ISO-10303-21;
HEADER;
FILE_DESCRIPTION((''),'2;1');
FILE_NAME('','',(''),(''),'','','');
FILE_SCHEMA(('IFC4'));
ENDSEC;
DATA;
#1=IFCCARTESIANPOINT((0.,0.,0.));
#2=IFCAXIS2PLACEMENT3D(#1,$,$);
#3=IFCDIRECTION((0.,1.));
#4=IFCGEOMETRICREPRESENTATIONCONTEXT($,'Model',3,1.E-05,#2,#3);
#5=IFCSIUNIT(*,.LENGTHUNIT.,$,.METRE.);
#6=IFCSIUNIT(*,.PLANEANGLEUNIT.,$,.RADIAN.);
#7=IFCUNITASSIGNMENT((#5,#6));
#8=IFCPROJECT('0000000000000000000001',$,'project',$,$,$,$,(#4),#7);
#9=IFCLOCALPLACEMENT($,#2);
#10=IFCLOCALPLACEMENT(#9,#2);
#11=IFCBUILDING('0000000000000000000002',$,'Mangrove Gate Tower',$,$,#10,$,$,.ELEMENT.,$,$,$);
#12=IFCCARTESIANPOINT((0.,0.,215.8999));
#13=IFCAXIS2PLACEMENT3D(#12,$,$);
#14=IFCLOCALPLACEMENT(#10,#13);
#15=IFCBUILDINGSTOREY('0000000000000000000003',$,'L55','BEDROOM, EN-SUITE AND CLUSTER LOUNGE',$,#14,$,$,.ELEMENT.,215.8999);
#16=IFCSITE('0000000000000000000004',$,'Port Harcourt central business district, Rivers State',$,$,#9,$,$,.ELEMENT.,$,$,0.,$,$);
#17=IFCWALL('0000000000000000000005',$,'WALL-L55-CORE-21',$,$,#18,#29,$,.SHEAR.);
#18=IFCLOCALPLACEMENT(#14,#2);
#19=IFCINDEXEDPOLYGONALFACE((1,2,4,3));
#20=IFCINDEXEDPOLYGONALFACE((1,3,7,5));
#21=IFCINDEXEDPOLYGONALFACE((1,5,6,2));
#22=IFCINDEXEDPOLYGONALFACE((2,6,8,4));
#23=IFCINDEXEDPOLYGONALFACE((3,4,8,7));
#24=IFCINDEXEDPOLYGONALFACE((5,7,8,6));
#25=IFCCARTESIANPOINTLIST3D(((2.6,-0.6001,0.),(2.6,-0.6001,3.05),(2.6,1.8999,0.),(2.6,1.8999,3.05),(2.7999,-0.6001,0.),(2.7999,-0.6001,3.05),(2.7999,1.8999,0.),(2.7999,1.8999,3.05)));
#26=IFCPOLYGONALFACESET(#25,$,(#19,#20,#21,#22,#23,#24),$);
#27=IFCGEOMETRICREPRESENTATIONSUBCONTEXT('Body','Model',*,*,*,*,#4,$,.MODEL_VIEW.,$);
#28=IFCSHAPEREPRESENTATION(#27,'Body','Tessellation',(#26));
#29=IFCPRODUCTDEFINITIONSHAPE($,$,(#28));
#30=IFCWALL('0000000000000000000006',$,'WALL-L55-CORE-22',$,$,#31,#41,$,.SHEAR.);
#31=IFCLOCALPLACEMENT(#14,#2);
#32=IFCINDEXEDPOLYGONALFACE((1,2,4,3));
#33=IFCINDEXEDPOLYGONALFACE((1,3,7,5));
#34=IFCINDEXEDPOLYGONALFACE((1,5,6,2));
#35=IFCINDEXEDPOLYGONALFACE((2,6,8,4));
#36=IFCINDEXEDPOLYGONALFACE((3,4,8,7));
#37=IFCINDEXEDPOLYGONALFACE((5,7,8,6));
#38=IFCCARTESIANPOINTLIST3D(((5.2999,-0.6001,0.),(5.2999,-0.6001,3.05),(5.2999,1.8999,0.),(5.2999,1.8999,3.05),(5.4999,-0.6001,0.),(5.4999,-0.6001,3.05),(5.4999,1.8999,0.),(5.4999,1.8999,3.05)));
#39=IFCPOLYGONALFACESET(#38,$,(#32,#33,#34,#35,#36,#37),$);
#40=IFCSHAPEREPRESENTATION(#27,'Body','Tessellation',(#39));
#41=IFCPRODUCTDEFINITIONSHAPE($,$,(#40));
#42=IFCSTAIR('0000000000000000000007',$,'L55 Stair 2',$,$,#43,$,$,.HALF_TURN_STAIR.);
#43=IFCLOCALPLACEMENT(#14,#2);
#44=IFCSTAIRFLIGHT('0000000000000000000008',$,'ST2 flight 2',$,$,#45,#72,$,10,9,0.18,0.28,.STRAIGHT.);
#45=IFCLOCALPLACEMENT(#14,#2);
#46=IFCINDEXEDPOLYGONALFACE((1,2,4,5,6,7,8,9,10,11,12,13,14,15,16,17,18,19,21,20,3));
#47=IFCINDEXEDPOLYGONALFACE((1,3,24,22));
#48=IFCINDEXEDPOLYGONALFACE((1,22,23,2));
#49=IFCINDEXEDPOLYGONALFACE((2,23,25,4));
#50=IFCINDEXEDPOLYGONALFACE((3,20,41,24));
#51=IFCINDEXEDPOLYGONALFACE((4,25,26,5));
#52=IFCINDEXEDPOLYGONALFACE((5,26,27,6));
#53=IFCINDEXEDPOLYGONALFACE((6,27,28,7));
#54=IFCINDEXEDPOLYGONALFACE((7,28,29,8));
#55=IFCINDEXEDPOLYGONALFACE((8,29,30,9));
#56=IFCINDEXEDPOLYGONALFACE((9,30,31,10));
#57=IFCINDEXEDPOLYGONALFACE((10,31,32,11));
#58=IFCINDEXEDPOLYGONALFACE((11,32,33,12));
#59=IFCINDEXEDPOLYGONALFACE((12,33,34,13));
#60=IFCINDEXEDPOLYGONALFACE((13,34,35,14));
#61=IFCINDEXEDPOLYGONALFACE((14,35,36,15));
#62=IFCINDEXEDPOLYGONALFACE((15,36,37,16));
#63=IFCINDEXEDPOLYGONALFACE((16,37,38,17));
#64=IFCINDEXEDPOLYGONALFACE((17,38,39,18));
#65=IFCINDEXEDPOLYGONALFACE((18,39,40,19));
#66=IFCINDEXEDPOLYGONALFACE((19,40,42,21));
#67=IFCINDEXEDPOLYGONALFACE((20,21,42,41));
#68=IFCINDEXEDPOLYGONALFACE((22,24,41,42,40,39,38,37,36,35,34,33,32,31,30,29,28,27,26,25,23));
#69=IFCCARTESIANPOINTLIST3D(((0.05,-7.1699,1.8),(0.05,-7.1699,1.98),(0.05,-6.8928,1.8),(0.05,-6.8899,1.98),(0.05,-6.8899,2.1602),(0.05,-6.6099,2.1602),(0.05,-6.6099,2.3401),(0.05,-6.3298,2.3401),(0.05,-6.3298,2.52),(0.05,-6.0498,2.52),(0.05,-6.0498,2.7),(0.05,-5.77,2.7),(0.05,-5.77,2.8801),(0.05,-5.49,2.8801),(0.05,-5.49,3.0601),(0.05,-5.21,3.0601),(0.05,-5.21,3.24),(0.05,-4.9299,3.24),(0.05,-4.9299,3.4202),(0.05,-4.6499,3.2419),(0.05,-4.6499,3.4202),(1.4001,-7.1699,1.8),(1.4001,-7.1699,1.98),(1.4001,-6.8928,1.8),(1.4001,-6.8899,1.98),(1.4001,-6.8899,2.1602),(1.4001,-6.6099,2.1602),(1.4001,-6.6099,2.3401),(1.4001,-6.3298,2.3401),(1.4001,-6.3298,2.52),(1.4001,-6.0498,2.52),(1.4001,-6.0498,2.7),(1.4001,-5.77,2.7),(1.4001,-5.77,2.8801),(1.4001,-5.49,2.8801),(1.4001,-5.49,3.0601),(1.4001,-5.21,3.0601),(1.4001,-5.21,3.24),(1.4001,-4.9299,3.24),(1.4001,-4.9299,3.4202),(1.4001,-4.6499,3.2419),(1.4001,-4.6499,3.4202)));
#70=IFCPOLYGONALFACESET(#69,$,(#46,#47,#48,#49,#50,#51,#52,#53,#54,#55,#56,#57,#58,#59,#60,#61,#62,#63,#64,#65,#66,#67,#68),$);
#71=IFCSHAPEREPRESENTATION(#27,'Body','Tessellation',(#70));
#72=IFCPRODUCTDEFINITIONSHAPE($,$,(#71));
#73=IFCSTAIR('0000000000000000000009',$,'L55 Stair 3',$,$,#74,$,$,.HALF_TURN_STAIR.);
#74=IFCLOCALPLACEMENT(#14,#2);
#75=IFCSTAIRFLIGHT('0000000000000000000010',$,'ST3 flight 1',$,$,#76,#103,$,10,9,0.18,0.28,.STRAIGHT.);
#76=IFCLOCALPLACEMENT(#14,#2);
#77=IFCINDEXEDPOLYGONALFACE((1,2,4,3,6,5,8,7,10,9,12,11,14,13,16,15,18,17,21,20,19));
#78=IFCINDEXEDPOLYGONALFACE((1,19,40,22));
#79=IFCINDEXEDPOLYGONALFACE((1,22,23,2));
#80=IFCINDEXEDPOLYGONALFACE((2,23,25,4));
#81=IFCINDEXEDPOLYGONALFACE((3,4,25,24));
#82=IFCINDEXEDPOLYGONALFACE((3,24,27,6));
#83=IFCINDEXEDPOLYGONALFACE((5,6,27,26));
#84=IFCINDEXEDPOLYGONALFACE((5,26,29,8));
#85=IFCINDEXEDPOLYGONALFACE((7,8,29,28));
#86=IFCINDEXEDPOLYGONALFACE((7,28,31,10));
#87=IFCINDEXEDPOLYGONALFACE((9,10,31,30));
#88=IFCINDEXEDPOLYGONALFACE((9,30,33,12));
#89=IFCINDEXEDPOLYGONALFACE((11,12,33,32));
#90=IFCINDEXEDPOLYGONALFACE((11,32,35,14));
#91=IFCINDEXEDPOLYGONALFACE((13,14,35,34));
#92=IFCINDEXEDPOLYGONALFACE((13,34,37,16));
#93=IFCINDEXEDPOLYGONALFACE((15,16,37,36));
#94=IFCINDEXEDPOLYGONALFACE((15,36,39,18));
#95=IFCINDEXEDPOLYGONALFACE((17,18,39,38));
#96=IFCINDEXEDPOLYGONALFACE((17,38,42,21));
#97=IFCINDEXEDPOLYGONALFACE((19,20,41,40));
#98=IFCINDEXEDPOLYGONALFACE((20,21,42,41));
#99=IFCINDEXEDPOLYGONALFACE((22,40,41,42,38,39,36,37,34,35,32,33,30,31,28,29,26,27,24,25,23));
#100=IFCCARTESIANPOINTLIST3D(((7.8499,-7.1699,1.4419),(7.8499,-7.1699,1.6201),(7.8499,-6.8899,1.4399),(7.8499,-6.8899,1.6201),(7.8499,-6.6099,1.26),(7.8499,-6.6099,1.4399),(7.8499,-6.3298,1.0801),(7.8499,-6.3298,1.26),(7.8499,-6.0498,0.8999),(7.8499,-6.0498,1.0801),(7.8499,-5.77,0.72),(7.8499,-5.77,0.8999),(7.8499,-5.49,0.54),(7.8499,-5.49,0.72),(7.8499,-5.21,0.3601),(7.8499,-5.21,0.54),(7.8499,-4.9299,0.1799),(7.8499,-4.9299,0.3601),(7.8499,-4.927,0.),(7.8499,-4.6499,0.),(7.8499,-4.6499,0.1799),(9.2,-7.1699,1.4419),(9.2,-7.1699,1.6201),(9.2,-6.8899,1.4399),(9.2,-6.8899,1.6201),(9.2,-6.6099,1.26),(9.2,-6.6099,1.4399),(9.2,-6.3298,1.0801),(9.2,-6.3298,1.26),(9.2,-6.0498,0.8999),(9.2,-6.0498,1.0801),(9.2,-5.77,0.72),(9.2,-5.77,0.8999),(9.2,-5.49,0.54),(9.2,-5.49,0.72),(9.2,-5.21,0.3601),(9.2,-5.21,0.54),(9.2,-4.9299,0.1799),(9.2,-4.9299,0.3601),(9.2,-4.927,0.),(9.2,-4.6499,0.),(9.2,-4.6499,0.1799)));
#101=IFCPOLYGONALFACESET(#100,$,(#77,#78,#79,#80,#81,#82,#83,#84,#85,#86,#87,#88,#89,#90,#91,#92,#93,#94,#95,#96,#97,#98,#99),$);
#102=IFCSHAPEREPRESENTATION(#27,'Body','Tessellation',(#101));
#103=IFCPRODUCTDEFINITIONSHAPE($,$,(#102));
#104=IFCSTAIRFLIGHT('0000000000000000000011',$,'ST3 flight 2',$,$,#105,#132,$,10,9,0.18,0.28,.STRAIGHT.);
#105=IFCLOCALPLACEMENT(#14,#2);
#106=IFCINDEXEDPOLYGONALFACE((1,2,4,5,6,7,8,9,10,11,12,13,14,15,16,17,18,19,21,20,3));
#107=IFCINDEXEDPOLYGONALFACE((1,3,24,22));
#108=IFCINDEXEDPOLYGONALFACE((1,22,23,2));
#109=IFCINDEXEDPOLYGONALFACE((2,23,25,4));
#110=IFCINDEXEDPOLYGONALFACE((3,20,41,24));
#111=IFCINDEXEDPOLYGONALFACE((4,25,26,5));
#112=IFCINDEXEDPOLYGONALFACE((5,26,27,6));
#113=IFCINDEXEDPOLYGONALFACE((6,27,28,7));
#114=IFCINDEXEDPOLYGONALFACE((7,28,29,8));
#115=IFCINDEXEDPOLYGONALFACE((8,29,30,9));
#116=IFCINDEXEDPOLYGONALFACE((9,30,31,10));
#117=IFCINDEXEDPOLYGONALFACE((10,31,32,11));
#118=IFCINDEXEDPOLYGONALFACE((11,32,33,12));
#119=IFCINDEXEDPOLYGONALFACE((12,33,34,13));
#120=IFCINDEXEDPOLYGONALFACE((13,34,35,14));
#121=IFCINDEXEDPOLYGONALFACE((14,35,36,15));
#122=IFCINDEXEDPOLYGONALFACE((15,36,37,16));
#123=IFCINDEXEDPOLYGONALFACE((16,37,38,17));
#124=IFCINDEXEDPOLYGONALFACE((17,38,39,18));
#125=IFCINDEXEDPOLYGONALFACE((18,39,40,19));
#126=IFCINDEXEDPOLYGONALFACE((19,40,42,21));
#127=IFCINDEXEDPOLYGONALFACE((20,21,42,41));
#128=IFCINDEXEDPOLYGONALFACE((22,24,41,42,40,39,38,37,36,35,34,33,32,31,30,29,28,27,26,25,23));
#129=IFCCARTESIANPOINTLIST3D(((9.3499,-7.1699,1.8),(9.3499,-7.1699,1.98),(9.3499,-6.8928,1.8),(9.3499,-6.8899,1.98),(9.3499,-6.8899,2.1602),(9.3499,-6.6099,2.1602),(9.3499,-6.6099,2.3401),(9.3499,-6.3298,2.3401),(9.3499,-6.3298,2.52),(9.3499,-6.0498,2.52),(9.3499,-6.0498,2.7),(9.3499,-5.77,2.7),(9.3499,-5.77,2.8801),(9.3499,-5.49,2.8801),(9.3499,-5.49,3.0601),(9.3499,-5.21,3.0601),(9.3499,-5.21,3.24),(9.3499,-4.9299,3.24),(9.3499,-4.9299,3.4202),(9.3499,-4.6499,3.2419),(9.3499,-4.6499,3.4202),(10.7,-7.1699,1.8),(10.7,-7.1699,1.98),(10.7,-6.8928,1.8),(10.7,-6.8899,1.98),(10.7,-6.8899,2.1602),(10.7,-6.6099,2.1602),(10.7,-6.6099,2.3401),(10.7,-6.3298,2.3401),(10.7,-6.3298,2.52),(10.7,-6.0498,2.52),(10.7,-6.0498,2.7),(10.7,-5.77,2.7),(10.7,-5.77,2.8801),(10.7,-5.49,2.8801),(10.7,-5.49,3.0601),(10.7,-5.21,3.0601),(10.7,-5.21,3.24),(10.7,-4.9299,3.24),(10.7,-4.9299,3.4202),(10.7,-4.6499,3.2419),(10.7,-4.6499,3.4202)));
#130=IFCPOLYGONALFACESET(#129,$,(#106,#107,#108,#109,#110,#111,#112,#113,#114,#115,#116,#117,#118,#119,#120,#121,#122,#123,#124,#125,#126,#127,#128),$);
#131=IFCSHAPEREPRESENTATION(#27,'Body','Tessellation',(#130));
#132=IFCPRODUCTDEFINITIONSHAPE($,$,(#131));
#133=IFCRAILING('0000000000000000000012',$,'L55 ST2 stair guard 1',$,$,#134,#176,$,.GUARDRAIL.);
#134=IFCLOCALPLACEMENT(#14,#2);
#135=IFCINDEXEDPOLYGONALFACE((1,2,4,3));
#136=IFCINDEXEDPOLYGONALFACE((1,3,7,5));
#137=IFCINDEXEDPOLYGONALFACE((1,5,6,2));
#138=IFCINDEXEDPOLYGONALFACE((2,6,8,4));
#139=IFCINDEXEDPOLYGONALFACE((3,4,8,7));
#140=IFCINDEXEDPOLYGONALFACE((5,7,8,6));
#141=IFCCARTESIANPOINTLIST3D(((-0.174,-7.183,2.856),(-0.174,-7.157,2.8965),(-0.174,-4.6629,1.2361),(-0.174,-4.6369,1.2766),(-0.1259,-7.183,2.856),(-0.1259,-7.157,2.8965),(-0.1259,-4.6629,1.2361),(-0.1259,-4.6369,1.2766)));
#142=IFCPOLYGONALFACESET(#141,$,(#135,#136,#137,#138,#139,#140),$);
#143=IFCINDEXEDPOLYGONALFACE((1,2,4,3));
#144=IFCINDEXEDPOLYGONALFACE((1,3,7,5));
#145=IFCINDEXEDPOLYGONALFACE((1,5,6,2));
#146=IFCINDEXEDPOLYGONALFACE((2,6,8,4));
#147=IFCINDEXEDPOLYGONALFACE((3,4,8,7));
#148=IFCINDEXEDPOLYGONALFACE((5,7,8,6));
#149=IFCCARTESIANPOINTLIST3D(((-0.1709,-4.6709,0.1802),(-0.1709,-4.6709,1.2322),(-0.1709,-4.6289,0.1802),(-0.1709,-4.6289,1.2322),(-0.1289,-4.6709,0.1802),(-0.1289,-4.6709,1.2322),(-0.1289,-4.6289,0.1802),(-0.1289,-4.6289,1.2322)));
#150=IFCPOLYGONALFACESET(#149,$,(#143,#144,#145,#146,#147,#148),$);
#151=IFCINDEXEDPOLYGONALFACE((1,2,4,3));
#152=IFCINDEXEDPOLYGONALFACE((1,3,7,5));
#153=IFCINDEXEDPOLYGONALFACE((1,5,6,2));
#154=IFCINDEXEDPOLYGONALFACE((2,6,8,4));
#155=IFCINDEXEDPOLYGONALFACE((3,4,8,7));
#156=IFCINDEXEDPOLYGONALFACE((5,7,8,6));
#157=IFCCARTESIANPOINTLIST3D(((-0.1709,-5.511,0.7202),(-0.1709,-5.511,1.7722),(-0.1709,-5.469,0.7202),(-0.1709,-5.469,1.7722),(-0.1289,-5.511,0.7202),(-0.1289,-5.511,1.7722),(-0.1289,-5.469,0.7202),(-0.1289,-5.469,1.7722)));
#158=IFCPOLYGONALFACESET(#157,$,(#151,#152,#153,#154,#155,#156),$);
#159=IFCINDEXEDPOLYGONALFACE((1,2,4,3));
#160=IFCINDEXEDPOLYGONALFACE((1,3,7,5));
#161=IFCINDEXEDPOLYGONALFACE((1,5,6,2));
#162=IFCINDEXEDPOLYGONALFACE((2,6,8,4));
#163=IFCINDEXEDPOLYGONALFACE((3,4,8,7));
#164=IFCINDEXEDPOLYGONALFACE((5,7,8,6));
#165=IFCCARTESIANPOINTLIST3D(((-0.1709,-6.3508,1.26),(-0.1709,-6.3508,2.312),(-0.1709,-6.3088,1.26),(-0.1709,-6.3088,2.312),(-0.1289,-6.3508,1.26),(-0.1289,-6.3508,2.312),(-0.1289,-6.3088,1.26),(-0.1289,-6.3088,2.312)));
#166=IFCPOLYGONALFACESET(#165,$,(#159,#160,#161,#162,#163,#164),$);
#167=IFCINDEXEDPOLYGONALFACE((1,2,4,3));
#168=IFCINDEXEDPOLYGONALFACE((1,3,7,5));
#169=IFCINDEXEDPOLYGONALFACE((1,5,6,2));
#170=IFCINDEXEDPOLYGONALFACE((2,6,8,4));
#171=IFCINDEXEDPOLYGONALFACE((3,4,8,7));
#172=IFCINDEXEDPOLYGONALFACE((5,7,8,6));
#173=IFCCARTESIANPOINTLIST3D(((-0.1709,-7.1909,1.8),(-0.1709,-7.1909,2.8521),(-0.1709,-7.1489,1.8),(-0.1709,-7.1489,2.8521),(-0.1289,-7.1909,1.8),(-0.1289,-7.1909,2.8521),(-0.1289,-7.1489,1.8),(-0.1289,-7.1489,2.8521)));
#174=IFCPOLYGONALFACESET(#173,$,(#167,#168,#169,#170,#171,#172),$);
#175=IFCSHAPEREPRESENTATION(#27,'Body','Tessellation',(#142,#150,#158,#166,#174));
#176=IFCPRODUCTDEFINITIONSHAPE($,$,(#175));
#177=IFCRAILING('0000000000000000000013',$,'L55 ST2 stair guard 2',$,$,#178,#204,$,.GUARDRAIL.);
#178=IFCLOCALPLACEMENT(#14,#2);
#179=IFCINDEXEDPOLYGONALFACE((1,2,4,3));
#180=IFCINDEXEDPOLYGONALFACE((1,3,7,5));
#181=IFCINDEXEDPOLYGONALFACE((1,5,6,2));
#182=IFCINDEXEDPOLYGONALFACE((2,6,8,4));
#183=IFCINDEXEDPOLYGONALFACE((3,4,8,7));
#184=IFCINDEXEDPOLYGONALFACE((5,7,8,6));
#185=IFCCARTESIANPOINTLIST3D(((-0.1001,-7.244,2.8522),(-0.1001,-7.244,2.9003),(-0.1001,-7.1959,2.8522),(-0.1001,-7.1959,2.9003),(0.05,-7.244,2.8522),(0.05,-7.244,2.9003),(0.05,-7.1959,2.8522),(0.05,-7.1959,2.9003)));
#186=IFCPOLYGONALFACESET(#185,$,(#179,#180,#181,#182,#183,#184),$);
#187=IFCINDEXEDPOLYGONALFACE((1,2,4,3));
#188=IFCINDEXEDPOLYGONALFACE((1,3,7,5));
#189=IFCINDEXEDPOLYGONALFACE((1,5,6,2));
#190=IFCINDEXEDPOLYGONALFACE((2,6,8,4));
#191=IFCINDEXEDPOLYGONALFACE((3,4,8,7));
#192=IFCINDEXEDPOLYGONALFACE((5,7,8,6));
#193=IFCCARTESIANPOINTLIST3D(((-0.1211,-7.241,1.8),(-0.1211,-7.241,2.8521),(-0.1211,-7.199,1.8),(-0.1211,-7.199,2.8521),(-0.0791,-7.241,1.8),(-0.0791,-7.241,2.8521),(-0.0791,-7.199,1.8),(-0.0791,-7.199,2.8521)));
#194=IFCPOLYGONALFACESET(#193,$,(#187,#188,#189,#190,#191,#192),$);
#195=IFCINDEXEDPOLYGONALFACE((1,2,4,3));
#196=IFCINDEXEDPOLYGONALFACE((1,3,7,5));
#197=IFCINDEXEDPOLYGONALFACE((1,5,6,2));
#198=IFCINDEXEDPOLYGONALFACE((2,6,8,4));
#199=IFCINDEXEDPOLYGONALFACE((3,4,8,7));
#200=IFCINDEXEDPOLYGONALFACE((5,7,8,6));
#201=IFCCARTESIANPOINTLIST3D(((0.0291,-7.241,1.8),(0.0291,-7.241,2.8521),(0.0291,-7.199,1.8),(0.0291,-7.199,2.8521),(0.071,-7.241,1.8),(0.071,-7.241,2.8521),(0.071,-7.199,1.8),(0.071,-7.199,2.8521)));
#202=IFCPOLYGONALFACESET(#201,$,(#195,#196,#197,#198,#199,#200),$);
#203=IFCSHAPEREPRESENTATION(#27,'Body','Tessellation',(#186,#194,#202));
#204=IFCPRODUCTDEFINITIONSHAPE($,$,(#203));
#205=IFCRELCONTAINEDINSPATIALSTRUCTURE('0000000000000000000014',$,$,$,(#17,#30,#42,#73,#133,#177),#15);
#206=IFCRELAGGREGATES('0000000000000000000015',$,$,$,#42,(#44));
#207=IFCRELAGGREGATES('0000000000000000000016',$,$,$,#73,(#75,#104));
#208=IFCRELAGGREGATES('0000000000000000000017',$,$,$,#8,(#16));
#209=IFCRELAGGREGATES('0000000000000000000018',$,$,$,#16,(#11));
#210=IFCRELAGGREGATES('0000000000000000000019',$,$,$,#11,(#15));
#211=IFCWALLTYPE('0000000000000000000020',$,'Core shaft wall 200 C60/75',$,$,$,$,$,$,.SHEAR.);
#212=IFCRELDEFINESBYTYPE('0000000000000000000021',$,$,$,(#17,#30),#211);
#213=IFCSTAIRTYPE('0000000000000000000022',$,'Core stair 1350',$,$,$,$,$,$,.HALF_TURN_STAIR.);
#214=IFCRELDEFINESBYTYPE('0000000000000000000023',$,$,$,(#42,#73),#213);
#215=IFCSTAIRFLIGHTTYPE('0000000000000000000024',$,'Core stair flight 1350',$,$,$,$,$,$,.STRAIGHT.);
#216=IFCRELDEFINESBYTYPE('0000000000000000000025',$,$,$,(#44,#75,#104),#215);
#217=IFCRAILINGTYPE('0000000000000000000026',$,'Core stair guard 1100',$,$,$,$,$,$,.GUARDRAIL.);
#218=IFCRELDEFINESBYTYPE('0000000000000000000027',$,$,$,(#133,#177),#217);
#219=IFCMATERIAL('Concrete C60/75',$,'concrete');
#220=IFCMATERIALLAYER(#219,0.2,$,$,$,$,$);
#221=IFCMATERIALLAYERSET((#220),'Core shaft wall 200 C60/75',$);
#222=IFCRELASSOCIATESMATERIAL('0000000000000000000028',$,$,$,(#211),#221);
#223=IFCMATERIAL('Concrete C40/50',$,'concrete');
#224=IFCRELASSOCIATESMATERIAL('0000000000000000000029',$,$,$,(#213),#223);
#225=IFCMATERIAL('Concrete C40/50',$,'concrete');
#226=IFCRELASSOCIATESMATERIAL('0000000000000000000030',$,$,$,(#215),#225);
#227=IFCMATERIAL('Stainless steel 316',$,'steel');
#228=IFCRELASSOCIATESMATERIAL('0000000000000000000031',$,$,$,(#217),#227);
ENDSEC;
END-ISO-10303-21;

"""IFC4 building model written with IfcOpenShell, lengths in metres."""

from ifc_helpers import new_model, si_unit, direction, frame, frame_2d, origin, origin_2d, place, context, subcontext, project, spatial, polyline, rectangle, outline, extrude, material, layer, layer_set, type_object, element, aggregate, save


model = new_model("IFC4")

# Units and contexts
model_context = context("Model", 3, precision=1e-05, world=origin(), true_north=direction((0.0, 1.0)))
body_context = subcontext(model_context, "Body", "Model", "MODEL_VIEW")
ifc_project = project(units=[si_unit("LENGTHUNIT", "METRE"), si_unit("PLANEANGLEUNIT", "RADIAN")], contexts=[model_context])

# Site, building, storey
site_placement = place(None, origin())
site = spatial("IfcSite", under=ifc_project, at=site_placement, Name="Port Harcourt central business district, Rivers State", CompositionType="ELEMENT", RefElevation=0.0)
building_placement = place(site_placement, origin())
building = spatial("IfcBuilding", under=site, at=building_placement, Name="Mangrove Gate Tower", CompositionType="ELEMENT")
storey_placement = place(building_placement, frame((0.0, 0.0, 215.8999)))
storey = spatial("IfcBuildingStorey", under=building, at=storey_placement, Name="L55", Description="BEDROOM, EN-SUITE AND CLUSTER LOUNGE", CompositionType="ELEMENT", Elevation=215.8999)

# Walls
ifc_material_1 = material(Name="Concrete C60/75", Category="concrete")
ifc_layer = layer(ifc_material_1, 0.2)
ifc_layer_set = layer_set([ifc_layer], Name="Core shaft wall 200 C60/75")
wall_type = type_object("IfcWallType", Name="Core shaft wall 200 C60/75", PredefinedType="SHEAR", material=ifc_layer_set)
for number, where, z_axis, x_axis, name in (
    (1, (2.7, -0.6001, 0.0), (0.0, 0.0, 1.0), (0.0, 1.0, 0.0), "WALL-L55-CORE-21"),
    (2, (5.3999, -0.6001, 0.0), (0.0, 0.0, 1.0), (0.0, 1.0, 0.0), "WALL-L55-CORE-22"),
):
    element("IfcWall", number, at=place(storey_placement, frame(where, z_axis=z_axis, x_axis=x_axis)), inside=storey, type_object=wall_type, Name=name, PredefinedType="SHEAR", context=body_context, shape_type="SweptSolid", body=[
        extrude(rectangle(XDim=2.5, YDim=0.2, at=frame_2d((1.25, 0.0))), origin(), (0.0, 0.0, 1.0), 3.05),
    ])

# Stair, stair flight
ifc_material_2 = material(Name="Concrete C40/50", Category="concrete")
stair_type = type_object("IfcStairType", Name="Core stair 1350", PredefinedType="HALF_TURN_STAIR", material=ifc_material_2)
stair_1_placement = place(storey_placement, origin())
stair_1 = element("IfcStair", 3, at=stair_1_placement, inside=storey, type_object=stair_type, Name="L55 Stair 2", PredefinedType="HALF_TURN_STAIR")
ifc_material_3 = material(Name="Concrete C40/50", Category="concrete")
stair_flight_type = type_object("IfcStairFlightType", Name="Core stair flight 1350", PredefinedType="STRAIGHT", material=ifc_material_3)
stair_flight_1_placement = place(storey_placement, frame((0.7251, -7.1699, 1.8), z_axis=(0.0, 0.0, 1.0), x_axis=(0.0, 1.0, 0.0)))
stair_flight_1 = element("IfcStairFlight", 4, at=stair_flight_1_placement, type_object=stair_flight_type, Name="ST2 flight 2", NumberOfRisers=10, NumberOfTreads=9, PredefinedType="STRAIGHT", RiserHeight=0.18, TreadLength=0.28, context=body_context, shape_type="SweptSolid", body=[
    extrude(outline(polyline([(0.0, 0.0), (0.0, 0.1799), (0.28, 0.1799), (0.28, 0.3601), (0.5601, 0.3601), (0.5601, 0.54), (0.8401, 0.54), (0.8401, 0.72), (1.1201, 0.72), (1.1201, 0.8999), (1.3999, 0.8999), (1.3999, 1.0801), (1.6799, 1.0801), (1.6799, 1.26), (1.96, 1.26), (1.96, 1.4399), (2.24, 1.4399), (2.24, 1.6201), (2.52, 1.6201), (2.52, 1.8), (2.52, 1.4419), (0.2771, 0.0), (0.0, 0.0)])), frame((0.0, 0.675, 0.0), z_axis=(0.0, -1.0, 0.0), x_axis=(1.0, 0.0, 0.0)), (0.0, 0.0, 1.0), 1.3501),
])
aggregate(stair_1, [stair_flight_1])

# Stair, stair flights
stair_2_placement = place(storey_placement, origin())
stair_2 = element("IfcStair", 5, at=stair_2_placement, inside=storey, type_object=stair_type, Name="L55 Stair 3", PredefinedType="HALF_TURN_STAIR")
stair_flight_2_placement = place(storey_placement, frame((8.5249, -4.6499, 0.0), z_axis=(0.0, 0.0, 1.0), x_axis=(0.0, -1.0, 0.0)))
stair_flight_2 = element("IfcStairFlight", 6, at=stair_flight_2_placement, type_object=stair_flight_type, Name="ST3 flight 1", NumberOfRisers=10, NumberOfTreads=9, PredefinedType="STRAIGHT", RiserHeight=0.18, TreadLength=0.28, context=body_context, shape_type="SweptSolid", body=[
    extrude(outline(polyline([(0.0, 0.0), (0.0, 0.1799), (0.28, 0.1799), (0.28, 0.3601), (0.5601, 0.3601), (0.5601, 0.54), (0.8401, 0.54), (0.8401, 0.72), (1.1201, 0.72), (1.1201, 0.8999), (1.3999, 0.8999), (1.3999, 1.0801), (1.6799, 1.0801), (1.6799, 1.26), (1.96, 1.26), (1.96, 1.4399), (2.24, 1.4399), (2.24, 1.6201), (2.52, 1.6201), (2.52, 1.8), (2.52, 1.4419), (0.2771, 0.0), (0.0, 0.0)])), frame((0.0, 0.675, 0.0), z_axis=(0.0, -1.0, 0.0), x_axis=(1.0, 0.0, 0.0)), (0.0, 0.0, 1.0), 1.3501),
])
stair_flight_3_placement = place(storey_placement, frame((10.0249, -7.1699, 1.8), z_axis=(0.0, 0.0, 1.0), x_axis=(0.0, 1.0, 0.0)))
stair_flight_3 = element("IfcStairFlight", 7, at=stair_flight_3_placement, type_object=stair_flight_type, Name="ST3 flight 2", NumberOfRisers=10, NumberOfTreads=9, PredefinedType="STRAIGHT", RiserHeight=0.18, TreadLength=0.28, context=body_context, shape_type="SweptSolid", body=[
    extrude(outline(polyline([(0.0, 0.0), (0.0, 0.1799), (0.28, 0.1799), (0.28, 0.3601), (0.5601, 0.3601), (0.5601, 0.54), (0.8401, 0.54), (0.8401, 0.72), (1.1201, 0.72), (1.1201, 0.8999), (1.3999, 0.8999), (1.3999, 1.0801), (1.6799, 1.0801), (1.6799, 1.26), (1.96, 1.26), (1.96, 1.4399), (2.24, 1.4399), (2.24, 1.6201), (2.52, 1.6201), (2.52, 1.8), (2.52, 1.4419), (0.2771, 0.0), (0.0, 0.0)])), frame((0.0, 0.675, 0.0), z_axis=(0.0, -1.0, 0.0), x_axis=(1.0, 0.0, 0.0)), (0.0, 0.0, 1.0), 1.3501),
])
aggregate(stair_2, [stair_flight_2, stair_flight_3])

# Railings
ifc_material_4 = material(Name="Stainless steel 316", Category="steel")
railing_type_1 = type_object("IfcRailingType", Name="Core stair guard 1100", PredefinedType="GUARDRAIL", material=ifc_material_4)
railing_1_placement = place(storey_placement, frame((-0.1499, -4.6499, 0.1802)))
element("IfcRailing", 8, at=railing_1_placement, inside=storey, type_object=railing_type_1, Name="L55 ST2 stair guard 1", PredefinedType="GUARDRAIL", context=body_context, shape_type="SweptSolid", body=[
    extrude(rectangle(XDim=0.0481, YDim=0.0481, at=origin_2d()), frame((0.0, 0.0, 1.0762), z_axis=(0.0, -0.8412, 0.540725), x_axis=(1.0, 0.0, 0.0)), (0.0, 0.0, 1.0), 2.9958),
    extrude(rectangle(XDim=0.042, YDim=0.042, at=origin_2d()), origin(), (0.0, 0.0, 1.0), 1.052),
    extrude(rectangle(XDim=0.042, YDim=0.042, at=origin_2d()), frame((0.0, -0.8401, 0.54)), (0.0, 0.0, 1.0), 1.052),
    extrude(rectangle(XDim=0.042, YDim=0.042, at=origin_2d()), frame((0.0, -1.6799, 1.0798)), (0.0, 0.0, 1.0), 1.052),
    extrude(rectangle(XDim=0.042, YDim=0.042, at=origin_2d()), frame((0.0, -2.52, 1.6199)), (0.0, 0.0, 1.0), 1.052),
])
railing_2_placement = place(storey_placement, frame((-0.1001, -7.22, 1.8)))
element("IfcRailing", 9, at=railing_2_placement, inside=storey, type_object=railing_type_1, Name="L55 ST2 stair guard 2", PredefinedType="GUARDRAIL", context=body_context, shape_type="SweptSolid", body=[
    extrude(rectangle(XDim=0.0481, YDim=0.0481, at=origin_2d()), frame((0.0, 0.0, 1.0762), z_axis=(1.0, 0.0, 0.0), x_axis=(0.0, 1.0, 0.0)), (0.0, 0.0, 1.0), 0.1501),
    extrude(rectangle(XDim=0.042, YDim=0.042, at=origin_2d()), origin(), (0.0, 0.0, 1.0), 1.052),
    extrude(rectangle(XDim=0.042, YDim=0.042, at=origin_2d()), frame((0.1501, 0.0, 0.0)), (0.0, 0.0, 1.0), 1.052),
])

save(model, "model.ifc")
